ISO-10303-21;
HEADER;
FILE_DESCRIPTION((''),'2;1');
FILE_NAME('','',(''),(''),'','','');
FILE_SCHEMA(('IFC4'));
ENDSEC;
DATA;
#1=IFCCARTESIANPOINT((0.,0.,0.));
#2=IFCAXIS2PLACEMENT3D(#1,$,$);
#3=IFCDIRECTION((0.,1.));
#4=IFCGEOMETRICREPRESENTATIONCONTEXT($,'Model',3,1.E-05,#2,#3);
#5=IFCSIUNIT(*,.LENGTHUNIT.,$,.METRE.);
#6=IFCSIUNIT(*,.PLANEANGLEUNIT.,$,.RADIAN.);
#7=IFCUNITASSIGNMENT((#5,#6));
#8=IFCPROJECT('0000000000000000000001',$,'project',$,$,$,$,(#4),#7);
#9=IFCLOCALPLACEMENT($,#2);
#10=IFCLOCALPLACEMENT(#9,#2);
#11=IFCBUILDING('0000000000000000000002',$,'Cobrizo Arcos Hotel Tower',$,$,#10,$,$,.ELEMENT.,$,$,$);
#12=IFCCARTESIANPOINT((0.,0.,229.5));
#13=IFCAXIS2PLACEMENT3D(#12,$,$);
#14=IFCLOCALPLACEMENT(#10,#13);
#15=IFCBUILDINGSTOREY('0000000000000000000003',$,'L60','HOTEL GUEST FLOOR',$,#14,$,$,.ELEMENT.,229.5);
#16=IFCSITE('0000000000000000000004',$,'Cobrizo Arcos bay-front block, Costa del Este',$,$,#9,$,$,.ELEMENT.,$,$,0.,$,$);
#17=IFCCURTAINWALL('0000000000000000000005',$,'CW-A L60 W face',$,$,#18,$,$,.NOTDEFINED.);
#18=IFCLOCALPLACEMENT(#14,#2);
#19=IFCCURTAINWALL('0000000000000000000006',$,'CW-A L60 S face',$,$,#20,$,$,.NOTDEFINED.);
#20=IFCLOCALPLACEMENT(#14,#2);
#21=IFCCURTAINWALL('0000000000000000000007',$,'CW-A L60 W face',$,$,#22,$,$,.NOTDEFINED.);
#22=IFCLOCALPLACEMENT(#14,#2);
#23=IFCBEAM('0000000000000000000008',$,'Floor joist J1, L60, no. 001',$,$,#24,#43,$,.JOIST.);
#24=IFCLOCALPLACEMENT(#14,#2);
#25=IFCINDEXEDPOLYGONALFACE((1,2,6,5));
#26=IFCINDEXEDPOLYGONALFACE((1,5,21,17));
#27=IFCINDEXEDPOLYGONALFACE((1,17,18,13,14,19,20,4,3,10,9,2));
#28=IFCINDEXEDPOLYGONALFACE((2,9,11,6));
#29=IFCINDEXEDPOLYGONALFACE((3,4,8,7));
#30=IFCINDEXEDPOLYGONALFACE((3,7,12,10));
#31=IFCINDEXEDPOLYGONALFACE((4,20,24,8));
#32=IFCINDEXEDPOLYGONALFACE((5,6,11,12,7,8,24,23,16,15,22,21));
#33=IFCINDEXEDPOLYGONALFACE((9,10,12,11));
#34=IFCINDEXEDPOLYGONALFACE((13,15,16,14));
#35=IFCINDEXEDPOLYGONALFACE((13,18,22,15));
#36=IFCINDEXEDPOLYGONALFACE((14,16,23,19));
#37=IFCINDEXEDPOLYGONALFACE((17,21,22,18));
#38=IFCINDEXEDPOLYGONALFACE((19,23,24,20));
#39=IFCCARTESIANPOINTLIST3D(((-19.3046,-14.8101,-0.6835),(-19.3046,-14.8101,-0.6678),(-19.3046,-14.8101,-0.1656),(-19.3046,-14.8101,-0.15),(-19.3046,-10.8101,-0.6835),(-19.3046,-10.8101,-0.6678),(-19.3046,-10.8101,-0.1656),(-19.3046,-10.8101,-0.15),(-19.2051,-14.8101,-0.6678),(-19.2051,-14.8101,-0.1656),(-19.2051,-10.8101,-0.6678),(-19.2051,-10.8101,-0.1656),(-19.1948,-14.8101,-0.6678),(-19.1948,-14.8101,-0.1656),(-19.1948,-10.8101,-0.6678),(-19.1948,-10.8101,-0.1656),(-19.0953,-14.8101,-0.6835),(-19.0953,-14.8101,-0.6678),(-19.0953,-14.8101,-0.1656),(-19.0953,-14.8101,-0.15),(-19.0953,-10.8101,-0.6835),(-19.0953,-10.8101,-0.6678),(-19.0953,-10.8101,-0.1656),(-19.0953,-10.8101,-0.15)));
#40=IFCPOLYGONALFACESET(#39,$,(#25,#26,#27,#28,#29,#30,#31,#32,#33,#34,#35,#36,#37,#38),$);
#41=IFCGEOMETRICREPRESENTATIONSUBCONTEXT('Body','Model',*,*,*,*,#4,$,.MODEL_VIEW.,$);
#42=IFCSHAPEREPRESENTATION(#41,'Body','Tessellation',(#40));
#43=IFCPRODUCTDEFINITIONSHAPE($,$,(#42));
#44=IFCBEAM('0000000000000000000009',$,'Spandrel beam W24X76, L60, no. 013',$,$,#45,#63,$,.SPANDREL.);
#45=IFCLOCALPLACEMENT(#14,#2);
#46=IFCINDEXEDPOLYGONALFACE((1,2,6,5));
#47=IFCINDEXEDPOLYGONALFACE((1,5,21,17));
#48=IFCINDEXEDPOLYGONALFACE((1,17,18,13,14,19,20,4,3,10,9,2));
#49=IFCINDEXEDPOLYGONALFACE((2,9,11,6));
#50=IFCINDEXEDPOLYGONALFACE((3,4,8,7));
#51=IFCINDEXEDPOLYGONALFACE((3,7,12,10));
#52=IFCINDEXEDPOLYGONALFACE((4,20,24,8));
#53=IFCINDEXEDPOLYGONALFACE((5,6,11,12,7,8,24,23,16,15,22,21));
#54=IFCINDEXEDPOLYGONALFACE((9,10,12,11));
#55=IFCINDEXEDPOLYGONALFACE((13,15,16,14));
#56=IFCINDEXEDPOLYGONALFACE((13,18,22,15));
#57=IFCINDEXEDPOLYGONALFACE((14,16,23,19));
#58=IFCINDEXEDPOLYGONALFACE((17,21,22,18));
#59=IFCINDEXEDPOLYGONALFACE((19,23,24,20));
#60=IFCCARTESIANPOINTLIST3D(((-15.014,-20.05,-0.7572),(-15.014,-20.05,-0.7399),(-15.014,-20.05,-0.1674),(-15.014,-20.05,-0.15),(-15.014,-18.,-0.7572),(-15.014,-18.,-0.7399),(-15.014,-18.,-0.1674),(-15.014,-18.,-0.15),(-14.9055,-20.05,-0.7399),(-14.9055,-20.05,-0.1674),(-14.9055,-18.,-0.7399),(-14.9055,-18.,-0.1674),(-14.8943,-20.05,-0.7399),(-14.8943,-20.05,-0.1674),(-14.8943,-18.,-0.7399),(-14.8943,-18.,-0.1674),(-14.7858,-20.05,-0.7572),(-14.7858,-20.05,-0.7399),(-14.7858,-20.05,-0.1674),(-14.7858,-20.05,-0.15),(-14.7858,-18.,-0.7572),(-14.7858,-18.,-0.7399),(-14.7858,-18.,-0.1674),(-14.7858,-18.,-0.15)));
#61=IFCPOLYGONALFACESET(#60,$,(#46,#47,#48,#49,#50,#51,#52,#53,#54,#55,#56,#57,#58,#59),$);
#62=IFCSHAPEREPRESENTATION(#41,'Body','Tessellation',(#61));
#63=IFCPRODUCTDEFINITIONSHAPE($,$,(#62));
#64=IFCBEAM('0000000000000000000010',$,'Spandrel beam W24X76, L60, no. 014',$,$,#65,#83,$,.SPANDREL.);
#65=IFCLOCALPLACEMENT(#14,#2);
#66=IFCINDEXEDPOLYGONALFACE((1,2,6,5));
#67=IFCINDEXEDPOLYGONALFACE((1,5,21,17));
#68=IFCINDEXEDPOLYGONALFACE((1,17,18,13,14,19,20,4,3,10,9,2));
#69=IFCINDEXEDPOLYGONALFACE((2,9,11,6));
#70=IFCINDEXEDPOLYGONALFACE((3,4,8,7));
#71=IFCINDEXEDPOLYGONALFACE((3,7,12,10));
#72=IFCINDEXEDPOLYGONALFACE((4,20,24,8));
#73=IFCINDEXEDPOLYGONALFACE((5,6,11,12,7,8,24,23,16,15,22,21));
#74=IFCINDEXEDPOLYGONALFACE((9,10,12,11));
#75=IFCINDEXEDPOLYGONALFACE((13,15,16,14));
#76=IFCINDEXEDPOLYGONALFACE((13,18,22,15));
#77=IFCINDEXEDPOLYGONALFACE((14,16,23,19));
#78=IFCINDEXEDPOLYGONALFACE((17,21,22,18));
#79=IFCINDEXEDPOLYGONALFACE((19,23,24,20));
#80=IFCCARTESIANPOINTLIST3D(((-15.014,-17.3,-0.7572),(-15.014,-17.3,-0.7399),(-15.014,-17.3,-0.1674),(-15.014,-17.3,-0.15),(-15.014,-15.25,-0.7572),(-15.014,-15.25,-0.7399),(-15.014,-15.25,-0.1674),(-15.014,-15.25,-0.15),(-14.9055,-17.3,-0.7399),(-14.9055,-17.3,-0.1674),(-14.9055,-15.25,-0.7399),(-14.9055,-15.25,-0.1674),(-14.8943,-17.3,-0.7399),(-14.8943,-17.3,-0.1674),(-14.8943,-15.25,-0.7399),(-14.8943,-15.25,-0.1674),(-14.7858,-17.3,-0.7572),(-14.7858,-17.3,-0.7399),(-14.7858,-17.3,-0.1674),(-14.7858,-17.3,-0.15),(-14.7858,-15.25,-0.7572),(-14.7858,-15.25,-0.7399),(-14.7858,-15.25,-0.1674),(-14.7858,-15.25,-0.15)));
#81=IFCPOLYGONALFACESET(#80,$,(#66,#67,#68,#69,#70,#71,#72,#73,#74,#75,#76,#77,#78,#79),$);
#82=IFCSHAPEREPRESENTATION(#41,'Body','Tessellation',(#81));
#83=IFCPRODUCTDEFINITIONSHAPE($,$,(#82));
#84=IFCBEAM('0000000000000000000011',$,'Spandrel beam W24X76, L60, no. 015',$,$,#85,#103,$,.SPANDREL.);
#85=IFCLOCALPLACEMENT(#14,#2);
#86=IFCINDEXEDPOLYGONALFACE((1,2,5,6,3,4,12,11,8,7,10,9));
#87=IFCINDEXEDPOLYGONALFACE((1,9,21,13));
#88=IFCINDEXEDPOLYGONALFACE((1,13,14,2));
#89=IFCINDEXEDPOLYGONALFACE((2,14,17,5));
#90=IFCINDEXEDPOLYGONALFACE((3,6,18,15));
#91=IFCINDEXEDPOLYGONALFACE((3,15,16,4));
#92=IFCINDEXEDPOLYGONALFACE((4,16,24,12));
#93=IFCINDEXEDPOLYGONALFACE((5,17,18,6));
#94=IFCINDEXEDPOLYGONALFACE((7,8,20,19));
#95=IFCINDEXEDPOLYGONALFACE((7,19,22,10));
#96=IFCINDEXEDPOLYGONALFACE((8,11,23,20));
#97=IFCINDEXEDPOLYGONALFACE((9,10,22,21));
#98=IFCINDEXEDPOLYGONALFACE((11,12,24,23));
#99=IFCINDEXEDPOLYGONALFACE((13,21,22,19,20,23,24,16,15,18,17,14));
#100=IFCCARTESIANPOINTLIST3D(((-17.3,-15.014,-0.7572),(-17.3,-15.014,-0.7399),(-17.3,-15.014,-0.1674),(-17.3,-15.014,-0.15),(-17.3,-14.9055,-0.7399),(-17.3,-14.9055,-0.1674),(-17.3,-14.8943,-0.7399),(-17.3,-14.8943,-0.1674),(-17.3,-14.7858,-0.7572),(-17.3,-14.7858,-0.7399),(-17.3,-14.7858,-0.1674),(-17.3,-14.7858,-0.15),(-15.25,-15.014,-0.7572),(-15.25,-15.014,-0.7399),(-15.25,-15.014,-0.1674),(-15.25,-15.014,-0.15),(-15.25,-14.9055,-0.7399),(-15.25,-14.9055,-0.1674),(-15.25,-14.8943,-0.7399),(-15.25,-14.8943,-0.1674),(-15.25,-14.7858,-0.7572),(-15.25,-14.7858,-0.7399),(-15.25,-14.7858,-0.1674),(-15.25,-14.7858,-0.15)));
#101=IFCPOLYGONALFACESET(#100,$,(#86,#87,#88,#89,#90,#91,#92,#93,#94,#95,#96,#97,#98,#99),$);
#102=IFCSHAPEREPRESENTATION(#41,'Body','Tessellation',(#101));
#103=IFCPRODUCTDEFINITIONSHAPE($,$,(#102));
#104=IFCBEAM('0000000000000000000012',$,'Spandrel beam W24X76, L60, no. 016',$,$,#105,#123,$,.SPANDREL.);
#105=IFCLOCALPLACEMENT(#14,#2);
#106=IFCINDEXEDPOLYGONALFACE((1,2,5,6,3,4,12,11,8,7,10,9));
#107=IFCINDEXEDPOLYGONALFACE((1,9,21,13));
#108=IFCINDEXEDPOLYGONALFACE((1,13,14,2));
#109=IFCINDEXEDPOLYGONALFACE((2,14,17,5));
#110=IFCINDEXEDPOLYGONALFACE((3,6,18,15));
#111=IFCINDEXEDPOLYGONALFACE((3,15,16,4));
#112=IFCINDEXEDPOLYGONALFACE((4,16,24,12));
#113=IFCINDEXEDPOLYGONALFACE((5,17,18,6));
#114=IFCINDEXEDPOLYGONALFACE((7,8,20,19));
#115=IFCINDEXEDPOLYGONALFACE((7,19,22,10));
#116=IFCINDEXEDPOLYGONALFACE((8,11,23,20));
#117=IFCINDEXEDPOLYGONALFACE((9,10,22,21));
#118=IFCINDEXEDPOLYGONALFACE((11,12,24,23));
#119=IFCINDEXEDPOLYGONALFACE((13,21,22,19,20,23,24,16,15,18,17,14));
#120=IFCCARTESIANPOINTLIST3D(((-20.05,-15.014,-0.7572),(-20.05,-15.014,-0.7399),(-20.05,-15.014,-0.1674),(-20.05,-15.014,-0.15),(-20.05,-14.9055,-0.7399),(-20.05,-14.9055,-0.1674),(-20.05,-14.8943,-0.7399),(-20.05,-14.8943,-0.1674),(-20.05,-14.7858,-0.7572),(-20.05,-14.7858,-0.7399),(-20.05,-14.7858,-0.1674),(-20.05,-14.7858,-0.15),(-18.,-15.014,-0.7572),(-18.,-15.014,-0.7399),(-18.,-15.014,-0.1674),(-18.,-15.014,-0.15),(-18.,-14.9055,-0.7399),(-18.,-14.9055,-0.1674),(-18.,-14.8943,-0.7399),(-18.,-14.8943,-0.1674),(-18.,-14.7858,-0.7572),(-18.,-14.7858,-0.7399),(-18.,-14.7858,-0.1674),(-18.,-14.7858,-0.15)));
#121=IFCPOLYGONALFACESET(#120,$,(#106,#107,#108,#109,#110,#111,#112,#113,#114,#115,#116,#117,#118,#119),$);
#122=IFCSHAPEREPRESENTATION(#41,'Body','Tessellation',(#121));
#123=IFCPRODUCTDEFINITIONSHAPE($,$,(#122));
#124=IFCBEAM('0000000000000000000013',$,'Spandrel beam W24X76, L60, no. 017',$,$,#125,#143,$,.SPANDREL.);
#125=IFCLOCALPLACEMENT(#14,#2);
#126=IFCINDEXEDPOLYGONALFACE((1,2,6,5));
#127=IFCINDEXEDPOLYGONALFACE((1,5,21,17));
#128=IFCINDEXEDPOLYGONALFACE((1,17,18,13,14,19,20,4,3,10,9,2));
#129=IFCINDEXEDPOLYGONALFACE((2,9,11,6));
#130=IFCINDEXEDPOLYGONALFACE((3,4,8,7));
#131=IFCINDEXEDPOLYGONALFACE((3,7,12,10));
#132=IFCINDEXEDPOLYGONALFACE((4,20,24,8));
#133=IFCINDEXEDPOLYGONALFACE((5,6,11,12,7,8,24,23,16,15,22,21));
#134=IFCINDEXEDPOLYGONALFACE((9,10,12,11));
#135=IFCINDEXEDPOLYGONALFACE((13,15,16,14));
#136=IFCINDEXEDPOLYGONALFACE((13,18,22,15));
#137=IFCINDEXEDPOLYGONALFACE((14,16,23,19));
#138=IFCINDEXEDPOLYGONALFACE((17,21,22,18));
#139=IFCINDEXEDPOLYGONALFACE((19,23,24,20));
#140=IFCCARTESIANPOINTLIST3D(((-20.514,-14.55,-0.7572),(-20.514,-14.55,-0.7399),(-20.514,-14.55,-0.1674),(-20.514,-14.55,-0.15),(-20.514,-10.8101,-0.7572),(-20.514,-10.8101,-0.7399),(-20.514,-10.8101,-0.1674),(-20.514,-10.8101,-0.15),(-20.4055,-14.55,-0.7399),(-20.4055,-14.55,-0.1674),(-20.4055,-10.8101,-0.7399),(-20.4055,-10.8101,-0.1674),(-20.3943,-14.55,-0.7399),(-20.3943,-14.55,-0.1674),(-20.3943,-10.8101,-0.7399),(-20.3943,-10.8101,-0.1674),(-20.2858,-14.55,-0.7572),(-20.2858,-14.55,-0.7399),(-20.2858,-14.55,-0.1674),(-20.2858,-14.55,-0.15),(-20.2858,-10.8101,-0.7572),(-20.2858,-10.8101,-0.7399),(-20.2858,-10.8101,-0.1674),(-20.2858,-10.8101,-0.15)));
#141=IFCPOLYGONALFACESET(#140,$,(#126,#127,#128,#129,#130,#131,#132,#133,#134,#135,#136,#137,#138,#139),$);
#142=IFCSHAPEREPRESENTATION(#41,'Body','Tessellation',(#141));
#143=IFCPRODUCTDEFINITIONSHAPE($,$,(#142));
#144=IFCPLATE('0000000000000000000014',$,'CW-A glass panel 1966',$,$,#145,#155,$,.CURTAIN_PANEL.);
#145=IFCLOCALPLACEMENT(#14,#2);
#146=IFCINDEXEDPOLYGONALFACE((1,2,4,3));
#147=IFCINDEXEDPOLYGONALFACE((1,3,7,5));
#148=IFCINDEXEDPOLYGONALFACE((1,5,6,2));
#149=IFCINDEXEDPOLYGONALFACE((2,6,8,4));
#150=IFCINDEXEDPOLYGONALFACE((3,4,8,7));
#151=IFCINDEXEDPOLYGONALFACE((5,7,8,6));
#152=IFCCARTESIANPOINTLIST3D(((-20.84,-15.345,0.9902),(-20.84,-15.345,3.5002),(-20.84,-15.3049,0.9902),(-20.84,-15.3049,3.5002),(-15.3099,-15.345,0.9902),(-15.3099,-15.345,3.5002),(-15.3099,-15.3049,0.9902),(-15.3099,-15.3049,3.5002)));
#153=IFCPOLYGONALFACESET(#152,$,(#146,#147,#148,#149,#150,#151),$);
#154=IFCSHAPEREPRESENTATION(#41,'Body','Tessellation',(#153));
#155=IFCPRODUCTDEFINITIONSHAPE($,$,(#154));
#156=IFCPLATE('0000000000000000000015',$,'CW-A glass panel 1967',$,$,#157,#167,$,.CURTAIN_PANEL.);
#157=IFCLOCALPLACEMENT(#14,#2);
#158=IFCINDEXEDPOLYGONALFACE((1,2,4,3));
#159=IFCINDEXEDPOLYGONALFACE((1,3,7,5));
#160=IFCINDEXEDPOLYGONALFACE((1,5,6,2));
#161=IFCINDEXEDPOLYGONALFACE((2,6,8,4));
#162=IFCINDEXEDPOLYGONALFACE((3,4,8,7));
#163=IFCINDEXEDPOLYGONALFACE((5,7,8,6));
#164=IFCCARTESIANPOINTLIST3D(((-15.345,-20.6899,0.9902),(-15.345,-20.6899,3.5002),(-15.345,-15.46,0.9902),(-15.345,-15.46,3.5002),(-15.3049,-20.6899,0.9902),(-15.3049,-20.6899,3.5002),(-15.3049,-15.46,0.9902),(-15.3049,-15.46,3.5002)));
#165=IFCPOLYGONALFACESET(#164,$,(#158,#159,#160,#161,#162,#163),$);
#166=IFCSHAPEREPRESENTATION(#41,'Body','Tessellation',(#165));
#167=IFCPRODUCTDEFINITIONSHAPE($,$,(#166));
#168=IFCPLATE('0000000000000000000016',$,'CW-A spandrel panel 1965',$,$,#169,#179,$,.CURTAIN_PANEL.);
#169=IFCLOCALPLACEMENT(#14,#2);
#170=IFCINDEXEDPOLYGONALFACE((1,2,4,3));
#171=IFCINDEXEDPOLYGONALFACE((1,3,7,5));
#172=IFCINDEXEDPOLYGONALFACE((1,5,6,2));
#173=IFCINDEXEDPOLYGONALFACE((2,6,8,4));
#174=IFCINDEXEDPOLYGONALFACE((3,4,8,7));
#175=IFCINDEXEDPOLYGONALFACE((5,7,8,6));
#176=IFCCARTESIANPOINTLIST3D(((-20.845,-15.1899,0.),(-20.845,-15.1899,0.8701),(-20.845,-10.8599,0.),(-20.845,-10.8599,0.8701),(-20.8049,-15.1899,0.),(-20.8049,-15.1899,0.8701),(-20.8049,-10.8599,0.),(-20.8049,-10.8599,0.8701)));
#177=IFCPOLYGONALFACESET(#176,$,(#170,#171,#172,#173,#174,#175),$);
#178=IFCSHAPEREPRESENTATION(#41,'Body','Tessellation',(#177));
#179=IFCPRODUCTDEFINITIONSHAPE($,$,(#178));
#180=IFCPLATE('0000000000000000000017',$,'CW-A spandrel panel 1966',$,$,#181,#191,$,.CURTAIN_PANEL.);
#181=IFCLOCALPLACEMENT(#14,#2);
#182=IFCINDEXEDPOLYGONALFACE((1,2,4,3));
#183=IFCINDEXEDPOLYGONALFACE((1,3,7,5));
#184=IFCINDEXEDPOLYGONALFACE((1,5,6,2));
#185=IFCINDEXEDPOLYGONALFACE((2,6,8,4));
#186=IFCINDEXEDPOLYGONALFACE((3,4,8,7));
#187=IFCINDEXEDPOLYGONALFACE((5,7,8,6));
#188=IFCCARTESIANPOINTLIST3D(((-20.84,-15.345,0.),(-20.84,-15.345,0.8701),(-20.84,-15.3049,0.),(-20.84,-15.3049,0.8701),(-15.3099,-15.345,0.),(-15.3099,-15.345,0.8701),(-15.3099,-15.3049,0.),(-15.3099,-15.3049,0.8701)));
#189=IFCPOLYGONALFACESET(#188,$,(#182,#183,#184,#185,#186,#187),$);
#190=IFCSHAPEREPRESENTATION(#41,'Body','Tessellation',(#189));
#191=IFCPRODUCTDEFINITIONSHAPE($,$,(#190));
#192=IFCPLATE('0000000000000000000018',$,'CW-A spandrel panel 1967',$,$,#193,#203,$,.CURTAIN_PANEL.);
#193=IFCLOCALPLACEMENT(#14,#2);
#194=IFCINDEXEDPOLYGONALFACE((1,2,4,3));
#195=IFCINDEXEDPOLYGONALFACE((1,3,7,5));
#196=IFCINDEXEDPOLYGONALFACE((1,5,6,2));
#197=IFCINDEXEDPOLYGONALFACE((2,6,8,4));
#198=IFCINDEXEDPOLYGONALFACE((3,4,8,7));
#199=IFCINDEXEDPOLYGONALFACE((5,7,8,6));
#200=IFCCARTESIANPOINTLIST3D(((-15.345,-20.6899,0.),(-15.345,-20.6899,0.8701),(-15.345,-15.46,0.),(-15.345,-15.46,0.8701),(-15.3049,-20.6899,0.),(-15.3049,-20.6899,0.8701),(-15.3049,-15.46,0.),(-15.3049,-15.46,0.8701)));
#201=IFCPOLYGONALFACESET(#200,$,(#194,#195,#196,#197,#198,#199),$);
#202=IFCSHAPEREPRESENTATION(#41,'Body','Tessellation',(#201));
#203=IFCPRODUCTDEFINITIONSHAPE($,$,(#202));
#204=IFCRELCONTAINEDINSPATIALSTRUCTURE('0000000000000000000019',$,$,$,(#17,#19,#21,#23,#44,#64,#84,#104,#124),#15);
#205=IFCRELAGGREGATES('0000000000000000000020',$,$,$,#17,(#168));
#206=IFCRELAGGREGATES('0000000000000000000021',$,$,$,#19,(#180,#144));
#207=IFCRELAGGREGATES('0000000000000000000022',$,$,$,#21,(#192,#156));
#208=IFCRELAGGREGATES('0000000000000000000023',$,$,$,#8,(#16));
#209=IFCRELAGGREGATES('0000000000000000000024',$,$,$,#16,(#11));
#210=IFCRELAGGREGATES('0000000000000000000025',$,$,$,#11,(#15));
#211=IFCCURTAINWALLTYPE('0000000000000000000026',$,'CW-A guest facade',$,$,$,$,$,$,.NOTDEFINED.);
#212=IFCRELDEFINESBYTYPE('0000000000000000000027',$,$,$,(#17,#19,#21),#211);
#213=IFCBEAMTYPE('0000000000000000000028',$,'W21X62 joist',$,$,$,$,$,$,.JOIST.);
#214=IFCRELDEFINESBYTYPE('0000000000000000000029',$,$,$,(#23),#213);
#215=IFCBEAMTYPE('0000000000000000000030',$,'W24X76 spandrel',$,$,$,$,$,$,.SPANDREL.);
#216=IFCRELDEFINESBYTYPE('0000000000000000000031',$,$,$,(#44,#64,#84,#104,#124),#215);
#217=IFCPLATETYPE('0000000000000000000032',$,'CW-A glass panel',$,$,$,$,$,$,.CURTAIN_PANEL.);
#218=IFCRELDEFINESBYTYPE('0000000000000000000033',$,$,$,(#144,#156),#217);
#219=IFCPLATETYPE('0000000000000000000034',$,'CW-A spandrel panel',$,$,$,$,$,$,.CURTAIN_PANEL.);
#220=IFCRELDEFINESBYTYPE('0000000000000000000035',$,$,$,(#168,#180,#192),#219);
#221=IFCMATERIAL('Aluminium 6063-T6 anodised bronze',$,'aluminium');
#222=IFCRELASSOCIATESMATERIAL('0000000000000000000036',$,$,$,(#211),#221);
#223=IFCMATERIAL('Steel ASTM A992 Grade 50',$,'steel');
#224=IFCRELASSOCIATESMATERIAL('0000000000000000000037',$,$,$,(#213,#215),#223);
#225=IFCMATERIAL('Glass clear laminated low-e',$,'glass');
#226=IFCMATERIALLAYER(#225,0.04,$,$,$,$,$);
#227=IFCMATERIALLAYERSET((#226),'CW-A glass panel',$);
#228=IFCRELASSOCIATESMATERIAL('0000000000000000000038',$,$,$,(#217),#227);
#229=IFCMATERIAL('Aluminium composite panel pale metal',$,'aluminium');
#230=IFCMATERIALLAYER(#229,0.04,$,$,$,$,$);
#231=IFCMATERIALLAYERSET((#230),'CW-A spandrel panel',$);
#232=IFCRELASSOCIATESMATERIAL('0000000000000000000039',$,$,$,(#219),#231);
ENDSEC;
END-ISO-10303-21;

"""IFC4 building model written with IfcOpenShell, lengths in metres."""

from ifc_helpers import new_model, si_unit, direction, frame, origin, origin_2d, place, context, subcontext, project, spatial, rectangle, i_section, extrude, material, layer, layer_set, material_profile, profile_set, type_object, element, aggregate, save


model = new_model("IFC4")

# Units and contexts
model_context = context("Model", 3, precision=1e-05, world=origin(), true_north=direction((0.0, 1.0)))
body_context = subcontext(model_context, "Body", "Model", "MODEL_VIEW")
ifc_project = project(units=[si_unit("LENGTHUNIT", "METRE"), si_unit("PLANEANGLEUNIT", "RADIAN")], contexts=[model_context])

# Site, building, storey
site_placement = place(None, origin())
site = spatial("IfcSite", under=ifc_project, at=site_placement, Name="Cobrizo Arcos bay-front block, Costa del Este", CompositionType="ELEMENT", RefElevation=0.0)
building_placement = place(site_placement, origin())
building = spatial("IfcBuilding", under=site, at=building_placement, Name="Cobrizo Arcos Hotel Tower", CompositionType="ELEMENT")
storey_placement = place(building_placement, frame((0.0, 0.0, 229.5)))
storey = spatial("IfcBuildingStorey", under=building, at=storey_placement, Name="L60", Description="HOTEL GUEST FLOOR", CompositionType="ELEMENT", Elevation=229.5)

# Curtain wall
ifc_material_1 = material(Name="Aluminium 6063-T6 anodised bronze", Category="aluminium")
curtain_wall_type = type_object("IfcCurtainWallType", Name="CW-A guest facade", PredefinedType="NOTDEFINED", material=ifc_material_1)
curtain_wall_1_placement = place(storey_placement, origin())
curtain_wall_1 = element("IfcCurtainWall", 1, at=curtain_wall_1_placement, inside=storey, type_object=curtain_wall_type, Name="CW-A L60 W face", PredefinedType="NOTDEFINED")

# Curtain walls
curtain_wall_2_placement = place(storey_placement, origin())
curtain_wall_2 = element("IfcCurtainWall", 2, at=curtain_wall_2_placement, inside=storey, type_object=curtain_wall_type, Name="CW-A L60 S face", PredefinedType="NOTDEFINED")
curtain_wall_3_placement = place(storey_placement, origin())
curtain_wall_3 = element("IfcCurtainWall", 3, at=curtain_wall_3_placement, inside=storey, type_object=curtain_wall_type, Name="CW-A L60 W face", PredefinedType="NOTDEFINED")

# Beams
ifc_material_2 = material(Name="Steel ASTM A992 Grade 50", Category="steel")
ifc_material_profile_1 = material_profile(ifc_material_2, i_section(OverallWidth=0.2092, OverallDepth=0.5334, WebThickness=0.0103, FlangeThickness=0.0156, at=origin_2d()), Name="W21X62")
ifc_profile_set_1 = profile_set([ifc_material_profile_1], Name="Steel ASTM A992 Grade 50")
beam_type_1 = type_object("IfcBeamType", Name="W21X62 joist", PredefinedType="JOIST", material=ifc_profile_set_1)
beam_1_placement = place(storey_placement, frame((-19.2, -14.8101, -0.4167), z_axis=(0.0, 1.0, 0.0), x_axis=(-1.0, 0.0, 0.0)))
element("IfcBeam", 4, at=beam_1_placement, inside=storey, type_object=beam_type_1, Name="Floor joist J1, L60, no. 001", PredefinedType="JOIST", context=body_context, shape_type="SweptSolid", body=[
    extrude(i_section(OverallWidth=0.2092, OverallDepth=0.5334, WebThickness=0.0103, FlangeThickness=0.0156, at=origin_2d()), origin(), (0.0, 0.0, 1.0), 4.0),
])
ifc_material_profile_2 = material_profile(ifc_material_2, i_section(OverallWidth=0.2283, OverallDepth=0.6072, WebThickness=0.0112, FlangeThickness=0.0173, at=origin_2d()), Name="W24X76")
ifc_profile_set_2 = profile_set([ifc_material_profile_2], Name="Steel ASTM A992 Grade 50")
beam_type_2 = type_object("IfcBeamType", Name="W24X76 spandrel", PredefinedType="SPANDREL", material=ifc_profile_set_2)
for number, where, z_axis, x_axis, name in (
    (5, (-14.8999, -20.05, -0.4536), (0.0, 1.0, 0.0), (-1.0, 0.0, 0.0), "Spandrel beam W24X76, L60, no. 013"),
    (6, (-14.8999, -17.3, -0.4536), (0.0, 1.0, 0.0), (-1.0, 0.0, 0.0), "Spandrel beam W24X76, L60, no. 014"),
    (7, (-15.25, -14.8999, -0.4536), (-1.0, 0.0, 0.0), (0.0, -1.0, 0.0), "Spandrel beam W24X76, L60, no. 015"),
    (8, (-18.0, -14.8999, -0.4536), (-1.0, 0.0, 0.0), (0.0, -1.0, 0.0), "Spandrel beam W24X76, L60, no. 016"),
):
    element("IfcBeam", number, at=place(storey_placement, frame(where, z_axis=z_axis, x_axis=x_axis)), inside=storey, type_object=beam_type_2, Name=name, PredefinedType="SPANDREL", context=body_context, shape_type="SweptSolid", body=[
        extrude(i_section(OverallWidth=0.2283, OverallDepth=0.6072, WebThickness=0.0112, FlangeThickness=0.0173, at=origin_2d()), origin(), (0.0, 0.0, 1.0), 2.05),
    ])
beam_2_placement = place(storey_placement, frame((-20.3999, -14.55, -0.4536), z_axis=(0.0, 1.0, 0.0), x_axis=(-1.0, 0.0, 0.0)))
element("IfcBeam", 9, at=beam_2_placement, inside=storey, type_object=beam_type_2, Name="Spandrel beam W24X76, L60, no. 017", PredefinedType="SPANDREL", context=body_context, shape_type="SweptSolid", body=[
    extrude(i_section(OverallWidth=0.2283, OverallDepth=0.6072, WebThickness=0.0112, FlangeThickness=0.0173, at=origin_2d()), origin(), (0.0, 0.0, 1.0), 3.74),
])

# Plates
ifc_material_3 = material(Name="Glass clear laminated low-e", Category="glass")
ifc_layer_1 = layer(ifc_material_3, 0.04)
ifc_layer_set_1 = layer_set([ifc_layer_1], Name="CW-A glass panel")
plate_type_1 = type_object("IfcPlateType", Name="CW-A glass panel", PredefinedType="CURTAIN_PANEL", material=ifc_layer_set_1)
plate_1_placement = place(storey_placement, frame((-18.075, -15.325, 0.9902), z_axis=(0.0, 0.0, 1.0), x_axis=(1.0, 0.0, 0.0)))
plate_1 = element("IfcPlate", 10, at=plate_1_placement, type_object=plate_type_1, Name="CW-A glass panel 1966", PredefinedType="CURTAIN_PANEL", context=body_context, shape_type="SweptSolid", body=[
    extrude(rectangle(XDim=5.53, YDim=0.04, at=origin_2d()), origin(), (0.0, 0.0, 1.0), 2.51),
])
plate_2_placement = place(storey_placement, frame((-15.325, -18.075, 0.9902), z_axis=(0.0, 0.0, 1.0), x_axis=(0.0, -1.0, 0.0)))
plate_2 = element("IfcPlate", 11, at=plate_2_placement, type_object=plate_type_1, Name="CW-A glass panel 1967", PredefinedType="CURTAIN_PANEL", context=body_context, shape_type="SweptSolid", body=[
    extrude(rectangle(XDim=5.23, YDim=0.04, at=origin_2d()), origin(), (0.0, 0.0, 1.0), 2.51),
])
ifc_material_4 = material(Name="Aluminium composite panel pale metal", Category="aluminium")
ifc_layer_2 = layer(ifc_material_4, 0.04)
ifc_layer_set_2 = layer_set([ifc_layer_2], Name="CW-A spandrel panel")
plate_type_2 = type_object("IfcPlateType", Name="CW-A spandrel panel", PredefinedType="CURTAIN_PANEL", material=ifc_layer_set_2)
plate_3_placement = place(storey_placement, frame((-20.825, -13.0249, 0.0), z_axis=(0.0, 0.0, 1.0), x_axis=(0.0, -1.0, 0.0)))
plate_3 = element("IfcPlate", 12, at=plate_3_placement, type_object=plate_type_2, Name="CW-A spandrel panel 1965", PredefinedType="CURTAIN_PANEL", context=body_context, shape_type="SweptSolid", body=[
    extrude(rectangle(XDim=4.3301, YDim=0.04, at=origin_2d()), origin(), (0.0, 0.0, 1.0), 0.8701),
])
aggregate(curtain_wall_1, [plate_3])
plate_4_placement = place(storey_placement, frame((-18.075, -15.325, 0.0), z_axis=(0.0, 0.0, 1.0), x_axis=(1.0, 0.0, 0.0)))
plate_4 = element("IfcPlate", 13, at=plate_4_placement, type_object=plate_type_2, Name="CW-A spandrel panel 1966", PredefinedType="CURTAIN_PANEL", context=body_context, shape_type="SweptSolid", body=[
    extrude(rectangle(XDim=5.53, YDim=0.04, at=origin_2d()), origin(), (0.0, 0.0, 1.0), 0.8701),
])
aggregate(curtain_wall_2, [plate_4, plate_1])
plate_5_placement = place(storey_placement, frame((-15.325, -18.075, 0.0), z_axis=(0.0, 0.0, 1.0), x_axis=(0.0, -1.0, 0.0)))
plate_5 = element("IfcPlate", 14, at=plate_5_placement, type_object=plate_type_2, Name="CW-A spandrel panel 1967", PredefinedType="CURTAIN_PANEL", context=body_context, shape_type="SweptSolid", body=[
    extrude(rectangle(XDim=5.23, YDim=0.04, at=origin_2d()), origin(), (0.0, 0.0, 1.0), 0.8701),
])
aggregate(curtain_wall_3, [plate_5, plate_2])

save(model, "model.ifc")
